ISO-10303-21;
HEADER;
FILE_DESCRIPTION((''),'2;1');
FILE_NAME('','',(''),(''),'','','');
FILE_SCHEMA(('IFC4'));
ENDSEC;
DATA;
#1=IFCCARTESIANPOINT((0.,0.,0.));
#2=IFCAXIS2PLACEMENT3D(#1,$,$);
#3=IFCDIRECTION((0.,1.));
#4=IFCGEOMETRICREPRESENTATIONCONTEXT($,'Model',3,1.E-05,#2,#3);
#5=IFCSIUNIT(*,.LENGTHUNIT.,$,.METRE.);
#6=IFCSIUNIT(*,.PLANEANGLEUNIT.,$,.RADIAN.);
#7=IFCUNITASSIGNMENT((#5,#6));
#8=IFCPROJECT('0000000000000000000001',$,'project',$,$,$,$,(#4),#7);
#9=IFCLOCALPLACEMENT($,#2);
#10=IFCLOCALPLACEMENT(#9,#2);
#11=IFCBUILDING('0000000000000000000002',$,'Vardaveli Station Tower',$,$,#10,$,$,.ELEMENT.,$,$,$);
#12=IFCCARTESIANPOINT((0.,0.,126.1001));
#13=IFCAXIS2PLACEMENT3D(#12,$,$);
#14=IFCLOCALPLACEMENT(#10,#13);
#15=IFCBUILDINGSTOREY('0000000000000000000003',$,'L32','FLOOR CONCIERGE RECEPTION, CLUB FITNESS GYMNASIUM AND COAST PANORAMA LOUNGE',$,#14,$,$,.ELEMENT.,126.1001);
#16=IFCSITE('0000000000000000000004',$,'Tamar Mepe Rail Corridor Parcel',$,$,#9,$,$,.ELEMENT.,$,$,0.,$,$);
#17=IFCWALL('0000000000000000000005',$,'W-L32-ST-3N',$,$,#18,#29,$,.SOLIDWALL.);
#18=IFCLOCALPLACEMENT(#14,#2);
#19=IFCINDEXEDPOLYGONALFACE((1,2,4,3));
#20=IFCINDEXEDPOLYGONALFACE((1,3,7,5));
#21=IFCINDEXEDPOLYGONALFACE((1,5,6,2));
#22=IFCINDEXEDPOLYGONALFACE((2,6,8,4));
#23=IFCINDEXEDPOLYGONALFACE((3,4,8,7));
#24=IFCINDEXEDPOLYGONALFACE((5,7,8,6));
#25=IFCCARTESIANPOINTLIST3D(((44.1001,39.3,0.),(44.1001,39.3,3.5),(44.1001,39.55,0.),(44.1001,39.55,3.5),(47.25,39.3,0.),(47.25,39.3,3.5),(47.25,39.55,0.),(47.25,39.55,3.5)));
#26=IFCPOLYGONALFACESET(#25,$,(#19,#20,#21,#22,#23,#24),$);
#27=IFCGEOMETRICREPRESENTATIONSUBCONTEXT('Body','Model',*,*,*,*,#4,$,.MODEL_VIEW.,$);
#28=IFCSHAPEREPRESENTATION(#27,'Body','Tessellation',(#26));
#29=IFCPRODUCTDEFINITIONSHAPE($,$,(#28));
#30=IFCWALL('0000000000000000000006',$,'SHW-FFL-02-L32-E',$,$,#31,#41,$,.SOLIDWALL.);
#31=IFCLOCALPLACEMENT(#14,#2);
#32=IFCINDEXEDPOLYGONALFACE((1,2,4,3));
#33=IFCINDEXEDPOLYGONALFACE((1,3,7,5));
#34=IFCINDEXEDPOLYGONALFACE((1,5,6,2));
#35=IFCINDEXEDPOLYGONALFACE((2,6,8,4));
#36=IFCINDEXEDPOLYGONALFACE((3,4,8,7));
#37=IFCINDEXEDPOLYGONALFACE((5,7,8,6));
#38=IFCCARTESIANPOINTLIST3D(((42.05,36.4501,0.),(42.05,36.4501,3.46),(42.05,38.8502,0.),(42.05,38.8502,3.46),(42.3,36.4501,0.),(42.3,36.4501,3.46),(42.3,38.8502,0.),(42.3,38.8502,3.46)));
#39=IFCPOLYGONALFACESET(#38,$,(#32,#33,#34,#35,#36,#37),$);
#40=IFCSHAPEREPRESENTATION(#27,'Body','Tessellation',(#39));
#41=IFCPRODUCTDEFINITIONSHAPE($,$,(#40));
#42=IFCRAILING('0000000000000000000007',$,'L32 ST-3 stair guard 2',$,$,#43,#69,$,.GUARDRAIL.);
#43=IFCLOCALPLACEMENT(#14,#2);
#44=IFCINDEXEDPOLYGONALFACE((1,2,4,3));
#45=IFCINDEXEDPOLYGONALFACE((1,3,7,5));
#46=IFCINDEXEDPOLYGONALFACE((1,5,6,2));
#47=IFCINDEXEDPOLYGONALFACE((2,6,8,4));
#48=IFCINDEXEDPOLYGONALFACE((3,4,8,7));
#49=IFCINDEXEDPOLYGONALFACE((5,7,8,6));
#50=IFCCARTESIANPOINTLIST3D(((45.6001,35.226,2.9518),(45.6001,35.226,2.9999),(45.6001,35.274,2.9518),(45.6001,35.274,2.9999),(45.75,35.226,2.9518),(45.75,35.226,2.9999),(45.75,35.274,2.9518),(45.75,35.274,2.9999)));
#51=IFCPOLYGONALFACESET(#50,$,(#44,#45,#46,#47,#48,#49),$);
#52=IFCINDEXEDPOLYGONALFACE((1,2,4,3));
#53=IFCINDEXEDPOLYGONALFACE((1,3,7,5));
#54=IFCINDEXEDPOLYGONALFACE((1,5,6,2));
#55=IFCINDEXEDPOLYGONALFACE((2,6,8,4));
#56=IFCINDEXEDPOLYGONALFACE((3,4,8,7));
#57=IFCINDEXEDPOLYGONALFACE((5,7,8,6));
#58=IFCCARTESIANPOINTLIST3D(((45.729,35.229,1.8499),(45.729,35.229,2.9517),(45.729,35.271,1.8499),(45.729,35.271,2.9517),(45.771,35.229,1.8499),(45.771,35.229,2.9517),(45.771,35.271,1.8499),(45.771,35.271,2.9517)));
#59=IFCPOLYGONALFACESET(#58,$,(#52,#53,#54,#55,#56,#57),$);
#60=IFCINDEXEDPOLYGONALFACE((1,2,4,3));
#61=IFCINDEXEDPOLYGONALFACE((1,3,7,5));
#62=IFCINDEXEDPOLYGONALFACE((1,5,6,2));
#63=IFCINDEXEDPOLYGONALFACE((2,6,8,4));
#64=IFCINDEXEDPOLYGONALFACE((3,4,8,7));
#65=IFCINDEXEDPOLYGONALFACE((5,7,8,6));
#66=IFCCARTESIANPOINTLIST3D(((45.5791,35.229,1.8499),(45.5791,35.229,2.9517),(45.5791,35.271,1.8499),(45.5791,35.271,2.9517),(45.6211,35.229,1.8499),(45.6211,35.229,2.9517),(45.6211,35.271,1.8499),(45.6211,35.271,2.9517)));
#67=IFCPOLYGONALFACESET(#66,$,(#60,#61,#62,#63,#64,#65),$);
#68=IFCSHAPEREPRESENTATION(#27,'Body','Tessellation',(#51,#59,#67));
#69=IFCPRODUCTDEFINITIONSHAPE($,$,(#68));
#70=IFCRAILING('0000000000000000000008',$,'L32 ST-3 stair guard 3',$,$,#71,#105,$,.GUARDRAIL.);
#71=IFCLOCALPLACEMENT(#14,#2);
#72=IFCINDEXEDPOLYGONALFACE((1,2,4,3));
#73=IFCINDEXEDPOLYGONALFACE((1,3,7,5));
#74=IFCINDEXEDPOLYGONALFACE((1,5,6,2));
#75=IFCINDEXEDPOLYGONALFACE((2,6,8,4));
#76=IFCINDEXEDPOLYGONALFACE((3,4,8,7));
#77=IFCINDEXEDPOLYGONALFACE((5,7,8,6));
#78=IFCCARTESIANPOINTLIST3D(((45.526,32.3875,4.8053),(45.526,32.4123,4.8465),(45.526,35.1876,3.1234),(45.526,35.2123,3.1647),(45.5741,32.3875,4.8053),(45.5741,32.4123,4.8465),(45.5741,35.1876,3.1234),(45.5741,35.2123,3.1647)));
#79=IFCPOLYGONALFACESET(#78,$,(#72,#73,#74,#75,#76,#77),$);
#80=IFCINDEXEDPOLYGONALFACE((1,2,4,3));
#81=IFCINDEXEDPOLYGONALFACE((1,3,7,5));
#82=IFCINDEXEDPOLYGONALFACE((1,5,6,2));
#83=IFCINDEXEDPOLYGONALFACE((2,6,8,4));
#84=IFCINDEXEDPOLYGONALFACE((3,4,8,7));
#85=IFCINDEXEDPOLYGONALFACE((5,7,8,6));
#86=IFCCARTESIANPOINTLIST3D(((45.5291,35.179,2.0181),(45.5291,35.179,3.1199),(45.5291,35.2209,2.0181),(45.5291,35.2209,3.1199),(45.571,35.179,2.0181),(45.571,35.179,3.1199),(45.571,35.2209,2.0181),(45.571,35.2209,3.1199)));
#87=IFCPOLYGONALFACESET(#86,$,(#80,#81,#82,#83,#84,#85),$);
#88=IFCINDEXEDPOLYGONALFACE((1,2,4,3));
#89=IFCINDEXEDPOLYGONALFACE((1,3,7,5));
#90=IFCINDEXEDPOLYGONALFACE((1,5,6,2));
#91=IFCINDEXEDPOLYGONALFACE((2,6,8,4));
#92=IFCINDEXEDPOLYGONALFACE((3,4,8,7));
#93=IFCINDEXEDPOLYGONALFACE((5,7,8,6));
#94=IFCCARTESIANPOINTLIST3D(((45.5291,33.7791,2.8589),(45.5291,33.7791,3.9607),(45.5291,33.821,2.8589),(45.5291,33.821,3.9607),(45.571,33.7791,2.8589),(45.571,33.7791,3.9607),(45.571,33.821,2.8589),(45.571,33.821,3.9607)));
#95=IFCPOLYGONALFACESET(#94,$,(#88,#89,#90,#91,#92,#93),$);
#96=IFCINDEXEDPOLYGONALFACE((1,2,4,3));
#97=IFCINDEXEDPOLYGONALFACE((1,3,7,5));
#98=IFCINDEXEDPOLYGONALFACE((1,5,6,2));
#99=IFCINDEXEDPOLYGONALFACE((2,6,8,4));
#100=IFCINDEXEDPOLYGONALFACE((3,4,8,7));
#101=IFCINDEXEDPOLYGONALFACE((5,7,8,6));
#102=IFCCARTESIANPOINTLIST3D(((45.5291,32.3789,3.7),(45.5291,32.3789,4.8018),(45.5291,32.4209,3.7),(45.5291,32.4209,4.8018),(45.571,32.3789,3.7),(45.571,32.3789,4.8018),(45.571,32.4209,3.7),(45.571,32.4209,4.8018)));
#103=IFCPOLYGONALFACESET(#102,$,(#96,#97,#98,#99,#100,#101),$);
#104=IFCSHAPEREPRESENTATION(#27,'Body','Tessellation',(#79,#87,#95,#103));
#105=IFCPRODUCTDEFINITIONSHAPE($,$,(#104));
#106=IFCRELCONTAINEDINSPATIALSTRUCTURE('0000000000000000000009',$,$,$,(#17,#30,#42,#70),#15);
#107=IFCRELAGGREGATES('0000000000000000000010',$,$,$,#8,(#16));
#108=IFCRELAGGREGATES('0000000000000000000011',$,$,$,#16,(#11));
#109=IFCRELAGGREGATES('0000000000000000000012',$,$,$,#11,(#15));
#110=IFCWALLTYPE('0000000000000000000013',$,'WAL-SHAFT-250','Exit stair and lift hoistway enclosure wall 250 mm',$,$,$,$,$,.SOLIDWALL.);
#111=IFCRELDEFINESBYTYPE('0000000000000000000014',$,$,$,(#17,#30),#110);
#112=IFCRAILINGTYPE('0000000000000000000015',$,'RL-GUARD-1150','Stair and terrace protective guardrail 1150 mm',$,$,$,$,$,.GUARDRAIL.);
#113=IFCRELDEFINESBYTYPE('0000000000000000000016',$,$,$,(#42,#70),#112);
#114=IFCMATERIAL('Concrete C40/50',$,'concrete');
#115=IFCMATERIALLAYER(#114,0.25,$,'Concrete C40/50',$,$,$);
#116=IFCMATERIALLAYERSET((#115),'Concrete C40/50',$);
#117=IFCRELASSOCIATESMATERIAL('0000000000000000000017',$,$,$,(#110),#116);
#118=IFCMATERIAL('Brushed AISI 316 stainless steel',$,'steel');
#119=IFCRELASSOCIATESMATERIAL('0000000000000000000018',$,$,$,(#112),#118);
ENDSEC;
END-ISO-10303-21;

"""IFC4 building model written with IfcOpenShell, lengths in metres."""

from ifc_helpers import new_model, si_unit, direction, frame, frame_2d, origin, origin_2d, place, context, subcontext, project, spatial, rectangle, extrude, source, transform, mapped, material, layer, layer_set, type_object, element, save


model = new_model("IFC4")

# Units and contexts
model_context = context("Model", 3, precision=1e-05, world=origin(), true_north=direction((0.0, 1.0)))
body_context = subcontext(model_context, "Body", "Model", "MODEL_VIEW")
ifc_project = project(units=[si_unit("LENGTHUNIT", "METRE"), si_unit("PLANEANGLEUNIT", "RADIAN")], contexts=[model_context])

# Site, building, storey
site_placement = place(None, origin())
site = spatial("IfcSite", under=ifc_project, at=site_placement, Name="Tamar Mepe Rail Corridor Parcel", CompositionType="ELEMENT", RefElevation=0.0)
building_placement = place(site_placement, origin())
building = spatial("IfcBuilding", under=site, at=building_placement, Name="Vardaveli Station Tower", CompositionType="ELEMENT")
storey_placement = place(building_placement, frame((0.0, 0.0, 126.1001)))
storey = spatial("IfcBuildingStorey", under=building, at=storey_placement, Name="L32", Description="FLOOR CONCIERGE RECEPTION, CLUB FITNESS GYMNASIUM AND COAST PANORAMA LOUNGE", CompositionType="ELEMENT", Elevation=126.1001)

# Walls
ifc_material_1 = material(Name="Concrete C40/50", Category="concrete")
ifc_layer_1 = layer(ifc_material_1, 0.25, Name="Concrete C40/50")
ifc_layer_set_1 = layer_set([ifc_layer_1], Name="Concrete C40/50")
wall_type_1 = type_object("IfcWallType", Name="WAL-SHAFT-250", Description="Exit stair and lift hoistway enclosure wall 250 mm", PredefinedType="SOLIDWALL", material=ifc_layer_set_1)
shared_shape_1 = source(origin(), body_context, "Body", "SweptSolid", [
    extrude(rectangle(XDim=3.1499, YDim=0.25, at=frame_2d((1.575, 0.0))), origin(), (0.0, 0.0, 1.0), 3.5),
])
wall_1_placement = place(storey_placement, frame((44.1001, 39.425, 0.0), z_axis=(0.0, 0.0, 1.0), x_axis=(1.0, 0.0, 0.0)))
element("IfcWall", 1, at=wall_1_placement, inside=storey, type_object=wall_type_1, Name="W-L32-ST-3N", PredefinedType="SOLIDWALL", context=body_context, shape_type="MappedRepresentation", body=[
    mapped(shared_shape_1, transform((0.0, 0.0, 0.0), scale=1.0)),
])
shared_shape_2 = source(origin(), body_context, "Body", "SweptSolid", [
    extrude(rectangle(XDim=2.4001, YDim=0.25, at=frame_2d((1.2002, 0.0))), origin(), (0.0, 0.0, 1.0), 3.46),
])
wall_2_placement = place(storey_placement, frame((42.175, 36.45, 0.0), z_axis=(0.0, 0.0, 1.0), x_axis=(0.0, 1.0, 0.0)))
element("IfcWall", 2, at=wall_2_placement, inside=storey, type_object=wall_type_1, Name="SHW-FFL-02-L32-E", PredefinedType="SOLIDWALL", context=body_context, shape_type="MappedRepresentation", body=[
    mapped(shared_shape_2, transform((0.0, 0.0, 0.0), scale=1.0)),
])

# Railings
ifc_material_2 = material(Name="Brushed AISI 316 stainless steel", Category="steel")
railing_type = type_object("IfcRailingType", Name="RL-GUARD-1150", Description="Stair and terrace protective guardrail 1150 mm", PredefinedType="GUARDRAIL", material=ifc_material_2)
shared_shape_3 = source(origin(), body_context, "Body", "SweptSolid", [
    extrude(rectangle(XDim=0.0481, YDim=0.0481, at=origin_2d()), frame((0.0, 0.0, 1.126), z_axis=(-1.0, 0.0, 0.0), x_axis=(0.0, -1.0, 0.0)), (0.0, 0.0, 1.0), 0.1499),
    extrude(rectangle(XDim=0.042, YDim=0.042, at=origin_2d()), origin(), (0.0, 0.0, 1.0), 1.1018),
    extrude(rectangle(XDim=0.042, YDim=0.042, at=origin_2d()), frame((-0.1499, 0.0, 0.0)), (0.0, 0.0, 1.0), 1.1018),
])
railing_1_placement = place(storey_placement, frame((45.75, 35.25, 1.8499)))
element("IfcRailing", 3, at=railing_1_placement, inside=storey, type_object=railing_type, Name="L32 ST-3 stair guard 2", PredefinedType="GUARDRAIL", context=body_context, shape_type="MappedRepresentation", body=[
    mapped(shared_shape_3, transform((0.0, 0.0, 0.0), scale=1.0)),
])
shared_shape_4 = source(origin(), body_context, "Body", "SweptSolid", [
    extrude(rectangle(XDim=0.0481, YDim=0.0481, at=origin_2d()), frame((0.0, 0.0, 1.126), z_axis=(0.0, -0.857242, 0.514913), x_axis=(1.0, 0.0, 0.0)), (0.0, 0.0, 1.0), 3.2664),
    extrude(rectangle(XDim=0.042, YDim=0.042, at=origin_2d()), origin(), (0.0, 0.0, 1.0), 1.1018),
    extrude(rectangle(XDim=0.042, YDim=0.042, at=origin_2d()), frame((0.0, -1.3999, 0.8408)), (0.0, 0.0, 1.0), 1.1018),
    extrude(rectangle(XDim=0.042, YDim=0.042, at=origin_2d()), frame((0.0, -2.8, 1.6819)), (0.0, 0.0, 1.0), 1.1018),
])
railing_2_placement = place(storey_placement, frame((45.55, 35.2, 2.0181)))
element("IfcRailing", 4, at=railing_2_placement, inside=storey, type_object=railing_type, Name="L32 ST-3 stair guard 3", PredefinedType="GUARDRAIL", context=body_context, shape_type="MappedRepresentation", body=[
    mapped(shared_shape_4, transform((0.0, 0.0, 0.0), scale=1.0)),
])

save(model, "model.ifc")
